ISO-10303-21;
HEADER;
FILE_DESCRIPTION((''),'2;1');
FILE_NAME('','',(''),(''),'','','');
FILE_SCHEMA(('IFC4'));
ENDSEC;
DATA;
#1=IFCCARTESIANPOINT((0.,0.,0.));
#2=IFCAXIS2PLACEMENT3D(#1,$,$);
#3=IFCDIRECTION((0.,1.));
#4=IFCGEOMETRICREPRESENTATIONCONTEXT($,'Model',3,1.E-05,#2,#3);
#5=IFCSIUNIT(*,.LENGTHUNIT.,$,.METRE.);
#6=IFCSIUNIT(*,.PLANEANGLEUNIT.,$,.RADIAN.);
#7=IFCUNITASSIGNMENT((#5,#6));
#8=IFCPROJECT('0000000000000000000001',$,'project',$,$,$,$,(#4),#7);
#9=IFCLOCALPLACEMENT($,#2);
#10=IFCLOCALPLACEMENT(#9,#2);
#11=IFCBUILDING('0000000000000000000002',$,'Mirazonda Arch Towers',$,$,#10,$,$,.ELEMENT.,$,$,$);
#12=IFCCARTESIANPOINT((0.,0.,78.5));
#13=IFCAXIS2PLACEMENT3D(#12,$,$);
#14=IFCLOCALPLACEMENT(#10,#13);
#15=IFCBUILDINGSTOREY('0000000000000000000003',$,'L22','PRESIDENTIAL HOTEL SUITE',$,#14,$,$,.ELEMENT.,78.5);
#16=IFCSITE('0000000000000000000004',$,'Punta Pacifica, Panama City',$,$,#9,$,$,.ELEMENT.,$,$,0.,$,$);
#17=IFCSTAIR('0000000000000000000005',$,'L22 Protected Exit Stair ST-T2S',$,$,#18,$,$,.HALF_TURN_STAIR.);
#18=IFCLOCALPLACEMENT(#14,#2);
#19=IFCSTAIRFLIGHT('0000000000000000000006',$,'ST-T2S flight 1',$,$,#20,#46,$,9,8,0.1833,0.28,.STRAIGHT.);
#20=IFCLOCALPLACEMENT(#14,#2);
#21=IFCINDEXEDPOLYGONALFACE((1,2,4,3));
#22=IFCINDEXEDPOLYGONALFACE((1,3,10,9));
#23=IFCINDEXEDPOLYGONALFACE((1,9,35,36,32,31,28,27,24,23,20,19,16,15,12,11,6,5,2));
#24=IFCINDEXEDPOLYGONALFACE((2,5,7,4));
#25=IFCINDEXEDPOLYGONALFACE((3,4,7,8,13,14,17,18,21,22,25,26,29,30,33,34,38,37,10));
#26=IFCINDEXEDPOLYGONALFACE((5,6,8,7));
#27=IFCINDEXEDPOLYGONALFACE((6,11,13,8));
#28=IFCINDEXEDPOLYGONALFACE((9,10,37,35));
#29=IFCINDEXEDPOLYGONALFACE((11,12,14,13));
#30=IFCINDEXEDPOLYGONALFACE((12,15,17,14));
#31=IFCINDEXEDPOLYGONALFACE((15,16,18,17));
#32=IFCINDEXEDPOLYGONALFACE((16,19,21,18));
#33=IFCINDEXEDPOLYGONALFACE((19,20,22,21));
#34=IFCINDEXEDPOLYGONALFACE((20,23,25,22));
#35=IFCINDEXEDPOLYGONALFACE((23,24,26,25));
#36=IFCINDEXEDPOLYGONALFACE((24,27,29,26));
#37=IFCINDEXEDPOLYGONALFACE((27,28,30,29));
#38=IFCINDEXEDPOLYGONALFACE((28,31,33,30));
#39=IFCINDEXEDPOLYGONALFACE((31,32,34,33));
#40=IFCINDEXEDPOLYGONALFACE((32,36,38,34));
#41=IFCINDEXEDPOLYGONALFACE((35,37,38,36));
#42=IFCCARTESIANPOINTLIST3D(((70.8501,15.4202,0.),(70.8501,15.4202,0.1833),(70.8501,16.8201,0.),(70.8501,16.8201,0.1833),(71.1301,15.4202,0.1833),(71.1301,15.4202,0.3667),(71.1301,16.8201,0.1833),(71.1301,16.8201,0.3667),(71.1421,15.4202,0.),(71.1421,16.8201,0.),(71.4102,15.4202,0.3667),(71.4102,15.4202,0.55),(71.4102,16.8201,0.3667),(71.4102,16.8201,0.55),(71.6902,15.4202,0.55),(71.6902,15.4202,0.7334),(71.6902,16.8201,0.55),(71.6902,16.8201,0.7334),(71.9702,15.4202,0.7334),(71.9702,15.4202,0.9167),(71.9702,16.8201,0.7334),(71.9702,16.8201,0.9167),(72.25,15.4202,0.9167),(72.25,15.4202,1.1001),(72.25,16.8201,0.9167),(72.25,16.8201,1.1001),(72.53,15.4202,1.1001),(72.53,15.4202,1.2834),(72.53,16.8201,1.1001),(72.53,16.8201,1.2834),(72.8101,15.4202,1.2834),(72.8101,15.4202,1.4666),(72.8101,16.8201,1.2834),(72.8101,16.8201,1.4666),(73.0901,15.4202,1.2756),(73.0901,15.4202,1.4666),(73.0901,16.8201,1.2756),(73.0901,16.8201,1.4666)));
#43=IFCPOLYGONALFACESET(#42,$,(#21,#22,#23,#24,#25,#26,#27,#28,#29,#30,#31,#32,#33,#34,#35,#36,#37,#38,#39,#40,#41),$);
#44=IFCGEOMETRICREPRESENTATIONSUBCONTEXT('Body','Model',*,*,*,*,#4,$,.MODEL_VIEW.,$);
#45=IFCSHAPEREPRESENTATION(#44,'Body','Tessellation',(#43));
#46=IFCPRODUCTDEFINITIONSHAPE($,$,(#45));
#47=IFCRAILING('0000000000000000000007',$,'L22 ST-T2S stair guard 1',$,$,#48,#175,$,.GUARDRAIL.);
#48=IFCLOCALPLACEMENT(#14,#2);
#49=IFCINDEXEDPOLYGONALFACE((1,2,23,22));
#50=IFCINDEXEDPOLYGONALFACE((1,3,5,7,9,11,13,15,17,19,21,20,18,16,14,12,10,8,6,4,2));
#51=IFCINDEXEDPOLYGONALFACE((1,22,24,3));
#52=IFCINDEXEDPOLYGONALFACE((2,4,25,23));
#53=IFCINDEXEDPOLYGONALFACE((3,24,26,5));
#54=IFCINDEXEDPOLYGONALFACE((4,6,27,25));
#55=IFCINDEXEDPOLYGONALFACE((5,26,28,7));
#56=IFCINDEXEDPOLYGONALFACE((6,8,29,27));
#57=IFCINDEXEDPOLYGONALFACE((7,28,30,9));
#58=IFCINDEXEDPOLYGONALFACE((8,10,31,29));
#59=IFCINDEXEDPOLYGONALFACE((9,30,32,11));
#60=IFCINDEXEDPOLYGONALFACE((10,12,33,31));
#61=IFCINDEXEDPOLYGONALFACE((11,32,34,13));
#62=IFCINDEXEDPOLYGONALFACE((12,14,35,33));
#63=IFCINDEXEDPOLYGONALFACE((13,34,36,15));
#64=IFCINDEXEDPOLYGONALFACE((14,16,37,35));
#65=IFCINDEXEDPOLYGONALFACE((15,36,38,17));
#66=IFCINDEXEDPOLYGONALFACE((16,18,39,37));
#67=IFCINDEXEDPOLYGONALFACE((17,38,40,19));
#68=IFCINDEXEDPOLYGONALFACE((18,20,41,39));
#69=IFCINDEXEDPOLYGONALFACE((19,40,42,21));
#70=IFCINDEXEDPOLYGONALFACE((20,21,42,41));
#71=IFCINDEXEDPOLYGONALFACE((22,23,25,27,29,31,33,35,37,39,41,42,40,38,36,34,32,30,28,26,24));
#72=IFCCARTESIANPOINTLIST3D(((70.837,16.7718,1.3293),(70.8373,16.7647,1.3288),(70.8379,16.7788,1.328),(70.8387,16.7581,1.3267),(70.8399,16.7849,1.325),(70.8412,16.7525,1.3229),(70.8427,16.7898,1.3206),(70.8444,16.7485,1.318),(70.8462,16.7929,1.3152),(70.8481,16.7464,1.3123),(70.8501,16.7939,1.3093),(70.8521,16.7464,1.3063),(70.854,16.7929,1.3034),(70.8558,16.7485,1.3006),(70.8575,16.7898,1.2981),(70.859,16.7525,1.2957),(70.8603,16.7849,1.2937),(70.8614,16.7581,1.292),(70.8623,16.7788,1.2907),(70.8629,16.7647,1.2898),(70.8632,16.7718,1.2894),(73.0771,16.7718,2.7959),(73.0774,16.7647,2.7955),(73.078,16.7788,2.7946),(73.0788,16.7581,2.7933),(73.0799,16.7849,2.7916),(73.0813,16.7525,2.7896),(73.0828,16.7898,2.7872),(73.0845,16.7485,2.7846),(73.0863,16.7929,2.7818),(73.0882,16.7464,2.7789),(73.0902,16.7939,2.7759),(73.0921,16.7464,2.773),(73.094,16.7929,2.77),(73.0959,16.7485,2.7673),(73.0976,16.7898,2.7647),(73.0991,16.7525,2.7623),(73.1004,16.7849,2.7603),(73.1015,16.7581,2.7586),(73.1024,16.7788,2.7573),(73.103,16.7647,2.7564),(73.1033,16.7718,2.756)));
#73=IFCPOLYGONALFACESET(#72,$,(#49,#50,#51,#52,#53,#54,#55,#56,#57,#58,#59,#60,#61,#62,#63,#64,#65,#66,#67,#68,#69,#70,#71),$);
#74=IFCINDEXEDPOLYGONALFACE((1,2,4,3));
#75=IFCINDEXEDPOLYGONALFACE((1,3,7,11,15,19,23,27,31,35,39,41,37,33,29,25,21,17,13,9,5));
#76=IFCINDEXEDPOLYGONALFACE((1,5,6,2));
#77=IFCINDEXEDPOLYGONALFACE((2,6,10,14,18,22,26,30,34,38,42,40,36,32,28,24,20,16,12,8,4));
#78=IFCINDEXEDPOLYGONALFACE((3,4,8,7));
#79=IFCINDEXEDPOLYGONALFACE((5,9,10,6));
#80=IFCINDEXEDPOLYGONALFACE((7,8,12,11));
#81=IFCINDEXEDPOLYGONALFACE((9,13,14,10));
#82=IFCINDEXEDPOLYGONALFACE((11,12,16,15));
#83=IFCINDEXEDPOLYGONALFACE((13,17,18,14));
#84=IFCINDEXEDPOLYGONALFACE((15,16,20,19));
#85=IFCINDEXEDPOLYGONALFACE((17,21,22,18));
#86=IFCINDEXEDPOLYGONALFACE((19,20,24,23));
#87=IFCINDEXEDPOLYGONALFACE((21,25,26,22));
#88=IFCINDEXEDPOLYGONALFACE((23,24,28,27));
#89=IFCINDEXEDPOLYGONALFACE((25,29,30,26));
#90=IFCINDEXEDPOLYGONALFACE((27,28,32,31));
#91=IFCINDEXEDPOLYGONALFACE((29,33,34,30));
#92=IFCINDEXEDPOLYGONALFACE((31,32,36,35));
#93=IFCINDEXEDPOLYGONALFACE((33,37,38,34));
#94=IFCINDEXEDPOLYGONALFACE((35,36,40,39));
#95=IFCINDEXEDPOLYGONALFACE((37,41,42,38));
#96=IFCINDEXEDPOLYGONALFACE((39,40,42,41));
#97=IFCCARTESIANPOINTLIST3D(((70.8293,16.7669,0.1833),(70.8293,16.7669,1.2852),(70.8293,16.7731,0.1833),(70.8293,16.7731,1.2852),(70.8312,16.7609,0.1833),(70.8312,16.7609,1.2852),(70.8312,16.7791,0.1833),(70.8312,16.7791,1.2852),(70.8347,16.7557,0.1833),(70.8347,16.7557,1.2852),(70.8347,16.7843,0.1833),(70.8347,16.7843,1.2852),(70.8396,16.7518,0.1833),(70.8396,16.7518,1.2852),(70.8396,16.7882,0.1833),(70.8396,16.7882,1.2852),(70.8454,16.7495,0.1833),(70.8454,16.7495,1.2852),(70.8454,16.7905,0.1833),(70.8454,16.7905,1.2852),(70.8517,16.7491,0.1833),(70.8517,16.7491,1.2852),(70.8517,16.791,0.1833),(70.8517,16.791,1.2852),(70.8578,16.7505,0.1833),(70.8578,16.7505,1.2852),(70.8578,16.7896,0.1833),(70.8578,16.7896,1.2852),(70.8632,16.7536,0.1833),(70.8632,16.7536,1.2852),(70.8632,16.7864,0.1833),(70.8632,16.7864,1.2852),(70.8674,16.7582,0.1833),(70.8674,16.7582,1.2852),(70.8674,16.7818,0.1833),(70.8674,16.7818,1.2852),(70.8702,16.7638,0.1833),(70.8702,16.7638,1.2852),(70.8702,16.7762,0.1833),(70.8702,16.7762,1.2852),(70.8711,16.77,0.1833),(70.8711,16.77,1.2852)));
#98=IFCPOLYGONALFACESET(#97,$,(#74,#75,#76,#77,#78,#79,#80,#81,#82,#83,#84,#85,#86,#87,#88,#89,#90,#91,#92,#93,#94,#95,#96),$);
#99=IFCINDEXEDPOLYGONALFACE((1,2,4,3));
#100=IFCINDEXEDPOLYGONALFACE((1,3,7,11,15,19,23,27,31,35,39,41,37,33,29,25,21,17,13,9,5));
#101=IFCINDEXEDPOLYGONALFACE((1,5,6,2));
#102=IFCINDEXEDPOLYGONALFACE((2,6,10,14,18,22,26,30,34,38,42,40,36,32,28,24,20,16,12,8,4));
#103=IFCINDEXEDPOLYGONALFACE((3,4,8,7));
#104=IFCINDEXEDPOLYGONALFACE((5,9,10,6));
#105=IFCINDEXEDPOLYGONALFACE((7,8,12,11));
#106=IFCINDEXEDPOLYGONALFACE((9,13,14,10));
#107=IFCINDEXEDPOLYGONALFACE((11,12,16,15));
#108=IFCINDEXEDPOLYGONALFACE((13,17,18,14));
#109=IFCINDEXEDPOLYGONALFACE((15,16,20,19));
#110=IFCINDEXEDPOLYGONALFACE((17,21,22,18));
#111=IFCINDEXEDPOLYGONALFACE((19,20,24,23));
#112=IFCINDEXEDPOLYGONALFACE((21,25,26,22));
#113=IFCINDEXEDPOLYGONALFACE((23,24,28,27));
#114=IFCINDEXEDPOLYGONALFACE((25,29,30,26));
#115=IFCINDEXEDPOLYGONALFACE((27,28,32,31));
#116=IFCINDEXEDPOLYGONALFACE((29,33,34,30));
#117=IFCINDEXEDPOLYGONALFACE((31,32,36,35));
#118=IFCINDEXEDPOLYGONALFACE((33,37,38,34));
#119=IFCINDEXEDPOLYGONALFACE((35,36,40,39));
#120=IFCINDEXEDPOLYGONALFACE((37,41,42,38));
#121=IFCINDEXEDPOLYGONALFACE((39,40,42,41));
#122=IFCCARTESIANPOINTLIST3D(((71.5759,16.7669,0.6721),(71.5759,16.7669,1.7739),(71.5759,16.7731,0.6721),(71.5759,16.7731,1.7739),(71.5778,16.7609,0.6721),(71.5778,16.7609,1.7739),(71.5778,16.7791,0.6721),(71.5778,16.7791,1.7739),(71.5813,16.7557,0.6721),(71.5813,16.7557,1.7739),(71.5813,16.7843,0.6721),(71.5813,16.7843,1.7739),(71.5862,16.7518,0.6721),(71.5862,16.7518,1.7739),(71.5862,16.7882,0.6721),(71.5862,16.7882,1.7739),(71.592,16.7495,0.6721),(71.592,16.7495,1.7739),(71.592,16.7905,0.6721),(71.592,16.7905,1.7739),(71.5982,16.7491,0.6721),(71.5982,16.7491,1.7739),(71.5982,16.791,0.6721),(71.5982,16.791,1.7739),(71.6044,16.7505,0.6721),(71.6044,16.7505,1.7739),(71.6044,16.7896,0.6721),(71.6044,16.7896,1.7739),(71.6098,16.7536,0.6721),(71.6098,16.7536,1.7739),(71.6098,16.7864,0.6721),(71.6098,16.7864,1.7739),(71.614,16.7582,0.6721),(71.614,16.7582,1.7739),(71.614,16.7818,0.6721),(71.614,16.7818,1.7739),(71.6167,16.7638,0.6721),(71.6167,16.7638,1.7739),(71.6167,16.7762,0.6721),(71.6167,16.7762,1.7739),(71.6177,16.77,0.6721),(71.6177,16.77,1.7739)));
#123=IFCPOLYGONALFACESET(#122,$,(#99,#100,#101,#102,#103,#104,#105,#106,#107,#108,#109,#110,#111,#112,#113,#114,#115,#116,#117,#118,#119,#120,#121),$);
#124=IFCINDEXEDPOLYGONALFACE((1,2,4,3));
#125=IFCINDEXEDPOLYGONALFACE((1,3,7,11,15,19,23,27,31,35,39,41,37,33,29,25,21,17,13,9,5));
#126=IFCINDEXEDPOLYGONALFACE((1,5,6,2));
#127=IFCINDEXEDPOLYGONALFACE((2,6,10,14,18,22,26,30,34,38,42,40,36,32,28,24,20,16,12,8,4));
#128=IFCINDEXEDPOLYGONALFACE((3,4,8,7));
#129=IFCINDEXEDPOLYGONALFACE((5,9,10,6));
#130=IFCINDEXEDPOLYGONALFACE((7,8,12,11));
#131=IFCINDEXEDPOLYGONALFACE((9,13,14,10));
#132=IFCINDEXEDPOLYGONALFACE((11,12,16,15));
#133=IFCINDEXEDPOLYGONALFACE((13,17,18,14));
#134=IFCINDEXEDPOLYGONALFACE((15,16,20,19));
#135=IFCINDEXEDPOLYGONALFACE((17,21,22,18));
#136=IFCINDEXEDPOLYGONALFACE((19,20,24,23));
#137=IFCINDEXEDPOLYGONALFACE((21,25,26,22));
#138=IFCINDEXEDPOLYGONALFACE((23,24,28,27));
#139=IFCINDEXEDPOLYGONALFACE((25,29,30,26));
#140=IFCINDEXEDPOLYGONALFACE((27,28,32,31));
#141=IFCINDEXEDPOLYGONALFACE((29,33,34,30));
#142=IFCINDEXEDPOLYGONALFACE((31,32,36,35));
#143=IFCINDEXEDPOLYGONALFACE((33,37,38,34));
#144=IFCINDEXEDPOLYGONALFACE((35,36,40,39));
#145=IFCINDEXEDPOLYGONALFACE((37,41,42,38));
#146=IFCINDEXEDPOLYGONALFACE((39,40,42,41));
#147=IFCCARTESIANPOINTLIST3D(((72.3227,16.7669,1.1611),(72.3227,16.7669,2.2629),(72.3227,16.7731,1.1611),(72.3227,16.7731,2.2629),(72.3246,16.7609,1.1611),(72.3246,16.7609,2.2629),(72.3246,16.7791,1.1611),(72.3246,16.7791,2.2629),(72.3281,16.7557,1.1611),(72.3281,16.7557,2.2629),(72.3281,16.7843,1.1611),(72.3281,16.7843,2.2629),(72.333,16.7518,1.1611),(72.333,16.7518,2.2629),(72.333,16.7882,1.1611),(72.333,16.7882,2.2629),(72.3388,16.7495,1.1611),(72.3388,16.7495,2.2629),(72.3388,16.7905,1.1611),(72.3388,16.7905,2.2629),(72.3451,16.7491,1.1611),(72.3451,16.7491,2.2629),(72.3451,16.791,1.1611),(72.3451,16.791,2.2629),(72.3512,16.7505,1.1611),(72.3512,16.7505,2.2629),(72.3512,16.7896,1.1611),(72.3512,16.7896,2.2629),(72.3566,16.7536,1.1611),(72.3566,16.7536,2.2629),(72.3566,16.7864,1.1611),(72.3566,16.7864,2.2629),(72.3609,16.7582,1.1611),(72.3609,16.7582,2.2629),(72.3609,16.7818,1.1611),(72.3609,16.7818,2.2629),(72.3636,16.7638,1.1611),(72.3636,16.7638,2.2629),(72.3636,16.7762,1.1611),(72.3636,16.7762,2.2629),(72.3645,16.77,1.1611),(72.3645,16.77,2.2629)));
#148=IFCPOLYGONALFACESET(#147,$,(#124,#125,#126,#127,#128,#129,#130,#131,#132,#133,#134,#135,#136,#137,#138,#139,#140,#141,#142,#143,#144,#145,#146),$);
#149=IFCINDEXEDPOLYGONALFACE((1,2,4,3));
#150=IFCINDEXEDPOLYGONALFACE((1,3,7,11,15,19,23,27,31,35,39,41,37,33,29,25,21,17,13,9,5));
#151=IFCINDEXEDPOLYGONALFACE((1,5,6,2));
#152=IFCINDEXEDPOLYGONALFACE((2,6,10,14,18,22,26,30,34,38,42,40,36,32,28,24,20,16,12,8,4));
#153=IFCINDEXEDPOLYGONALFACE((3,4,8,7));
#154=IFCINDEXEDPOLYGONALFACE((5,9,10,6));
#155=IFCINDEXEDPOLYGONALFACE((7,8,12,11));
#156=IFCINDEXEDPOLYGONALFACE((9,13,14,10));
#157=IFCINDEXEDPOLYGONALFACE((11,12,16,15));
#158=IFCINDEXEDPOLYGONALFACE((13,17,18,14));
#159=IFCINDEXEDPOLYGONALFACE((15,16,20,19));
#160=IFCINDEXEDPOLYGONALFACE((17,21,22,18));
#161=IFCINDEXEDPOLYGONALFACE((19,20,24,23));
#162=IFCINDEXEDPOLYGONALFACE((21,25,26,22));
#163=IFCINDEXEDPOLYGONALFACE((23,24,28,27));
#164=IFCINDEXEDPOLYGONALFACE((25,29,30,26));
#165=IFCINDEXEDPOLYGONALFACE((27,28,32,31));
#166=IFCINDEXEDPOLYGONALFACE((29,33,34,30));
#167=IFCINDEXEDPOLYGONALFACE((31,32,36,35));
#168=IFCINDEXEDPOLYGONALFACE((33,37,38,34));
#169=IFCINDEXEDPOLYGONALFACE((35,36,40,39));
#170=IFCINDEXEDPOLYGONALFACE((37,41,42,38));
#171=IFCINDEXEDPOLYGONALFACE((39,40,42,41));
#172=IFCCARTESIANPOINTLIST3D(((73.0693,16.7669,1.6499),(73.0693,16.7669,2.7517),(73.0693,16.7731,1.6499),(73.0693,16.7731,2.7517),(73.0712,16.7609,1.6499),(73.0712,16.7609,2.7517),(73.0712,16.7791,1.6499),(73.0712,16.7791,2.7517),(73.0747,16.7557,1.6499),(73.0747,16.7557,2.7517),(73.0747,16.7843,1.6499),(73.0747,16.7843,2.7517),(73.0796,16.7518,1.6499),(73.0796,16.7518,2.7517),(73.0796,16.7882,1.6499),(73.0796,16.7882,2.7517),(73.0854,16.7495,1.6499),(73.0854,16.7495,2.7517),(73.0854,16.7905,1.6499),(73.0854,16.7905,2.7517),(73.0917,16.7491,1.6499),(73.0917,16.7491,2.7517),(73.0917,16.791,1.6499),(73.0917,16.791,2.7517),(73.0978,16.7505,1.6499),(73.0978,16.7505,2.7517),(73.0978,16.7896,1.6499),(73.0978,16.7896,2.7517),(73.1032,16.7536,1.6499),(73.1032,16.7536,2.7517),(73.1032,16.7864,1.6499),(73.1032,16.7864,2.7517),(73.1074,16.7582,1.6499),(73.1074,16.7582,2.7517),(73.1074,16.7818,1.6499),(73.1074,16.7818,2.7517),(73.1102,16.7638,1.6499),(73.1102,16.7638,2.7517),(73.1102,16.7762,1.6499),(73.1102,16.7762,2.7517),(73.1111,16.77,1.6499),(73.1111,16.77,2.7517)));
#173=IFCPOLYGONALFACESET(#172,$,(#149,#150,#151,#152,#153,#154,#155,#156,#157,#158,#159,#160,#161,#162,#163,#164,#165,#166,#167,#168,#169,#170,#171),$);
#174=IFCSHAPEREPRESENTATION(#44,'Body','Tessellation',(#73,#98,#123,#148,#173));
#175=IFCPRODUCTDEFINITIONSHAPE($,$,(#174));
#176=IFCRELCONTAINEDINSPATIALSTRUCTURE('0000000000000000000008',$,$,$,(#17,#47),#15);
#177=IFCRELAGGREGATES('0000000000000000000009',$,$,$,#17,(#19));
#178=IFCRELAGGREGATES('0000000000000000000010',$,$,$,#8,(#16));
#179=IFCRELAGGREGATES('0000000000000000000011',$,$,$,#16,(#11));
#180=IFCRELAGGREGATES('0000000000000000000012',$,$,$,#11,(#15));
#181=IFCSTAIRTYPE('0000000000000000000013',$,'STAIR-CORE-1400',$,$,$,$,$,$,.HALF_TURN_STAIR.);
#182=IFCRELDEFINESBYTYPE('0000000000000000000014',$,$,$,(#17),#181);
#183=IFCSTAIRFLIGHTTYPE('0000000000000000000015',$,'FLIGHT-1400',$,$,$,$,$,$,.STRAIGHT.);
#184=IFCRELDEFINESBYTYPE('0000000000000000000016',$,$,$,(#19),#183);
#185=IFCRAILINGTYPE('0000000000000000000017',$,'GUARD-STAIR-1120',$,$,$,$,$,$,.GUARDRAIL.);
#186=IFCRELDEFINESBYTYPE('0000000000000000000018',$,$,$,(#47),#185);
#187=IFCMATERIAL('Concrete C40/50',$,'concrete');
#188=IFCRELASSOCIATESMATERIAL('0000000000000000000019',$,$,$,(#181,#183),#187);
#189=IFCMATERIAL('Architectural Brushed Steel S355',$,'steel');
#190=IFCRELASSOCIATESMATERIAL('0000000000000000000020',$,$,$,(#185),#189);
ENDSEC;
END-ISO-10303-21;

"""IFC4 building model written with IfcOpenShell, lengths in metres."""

from ifc_helpers import new_model, si_unit, direction, frame, origin, origin_2d, place, context, subcontext, project, spatial, polyline, circle, outline, extrude, material, type_object, element, aggregate, save


model = new_model("IFC4")

# Units and contexts
model_context = context("Model", 3, precision=1e-05, world=origin(), true_north=direction((0.0, 1.0)))
body_context = subcontext(model_context, "Body", "Model", "MODEL_VIEW")
ifc_project = project(units=[si_unit("LENGTHUNIT", "METRE"), si_unit("PLANEANGLEUNIT", "RADIAN")], contexts=[model_context])

# Site, building, storey
site_placement = place(None, origin())
site = spatial("IfcSite", under=ifc_project, at=site_placement, Name="Punta Pacifica, Panama City", CompositionType="ELEMENT", RefElevation=0.0)
building_placement = place(site_placement, origin())
building = spatial("IfcBuilding", under=site, at=building_placement, Name="Mirazonda Arch Towers", CompositionType="ELEMENT")
storey_placement = place(building_placement, frame((0.0, 0.0, 78.5)))
storey = spatial("IfcBuildingStorey", under=building, at=storey_placement, Name="L22", Description="PRESIDENTIAL HOTEL SUITE", CompositionType="ELEMENT", Elevation=78.5)

# Shared definitions
ifc_material_1 = material(Name="Architectural Brushed Steel S355", Category="steel")

# Stair, stair flight
ifc_material_2 = material(Name="Concrete C40/50", Category="concrete")
stair_type = type_object("IfcStairType", Name="STAIR-CORE-1400", PredefinedType="HALF_TURN_STAIR", material=ifc_material_2)
stair_placement = place(storey_placement, origin())
stair = element("IfcStair", 1, at=stair_placement, inside=storey, type_object=stair_type, Name="L22 Protected Exit Stair ST-T2S", PredefinedType="HALF_TURN_STAIR")
stair_flight_type = type_object("IfcStairFlightType", Name="FLIGHT-1400", PredefinedType="STRAIGHT", material=ifc_material_2)
stair_flight_placement = place(storey_placement, frame((70.8501, 16.1201, 0.0), z_axis=(0.0, 0.0, 1.0), x_axis=(1.0, 0.0, 0.0)))
stair_flight = element("IfcStairFlight", 2, at=stair_flight_placement, type_object=stair_flight_type, Name="ST-T2S flight 1", NumberOfRisers=9, NumberOfTreads=8, PredefinedType="STRAIGHT", RiserHeight=0.1833, TreadLength=0.28, context=body_context, shape_type="SweptSolid", body=[
    extrude(outline(polyline([(0.0, 0.0), (0.0, 0.1833), (0.28, 0.1833), (0.28, 0.3667), (0.5601, 0.3667), (0.5601, 0.55), (0.8401, 0.55), (0.8401, 0.7334), (1.1201, 0.7334), (1.1201, 0.9167), (1.3999, 0.9167), (1.3999, 1.1001), (1.6799, 1.1001), (1.6799, 1.2834), (1.96, 1.2834), (1.96, 1.4666), (2.24, 1.4666), (2.24, 1.6499), (2.24, 1.2756), (0.292, 0.0), (0.0, 0.0)])), frame((0.0, 0.7, 0.0), z_axis=(0.0, -1.0, 0.0), x_axis=(1.0, 0.0, 0.0)), (0.0, 0.0, 1.0), 1.3999),
])
aggregate(stair, [stair_flight])

# Railing
railing_type_1 = type_object("IfcRailingType", Name="GUARD-STAIR-1120", PredefinedType="GUARDRAIL", material=ifc_material_1)
railing_1_placement = place(storey_placement, frame((70.8501, 16.77, 0.1833)))
element("IfcRailing", 3, at=railing_1_placement, inside=storey, type_object=railing_type_1, Name="L22 ST-T2S stair guard 1", PredefinedType="GUARDRAIL", context=body_context, shape_type="SweptSolid", body=[
    extrude(circle(Radius=0.0239, at=origin_2d()), frame((0.0, 0.0, 1.126), z_axis=(0.836637, 0.0, 0.547758), x_axis=(0.0, 1.0, 0.0)), (0.0, 0.0, 1.0), 2.6775),
    extrude(circle(Radius=0.021, at=origin_2d()), origin(), (0.0, 0.0, 1.0), 1.1018),
    extrude(circle(Radius=0.021, at=origin_2d()), frame((0.7466, 0.0, 0.4888)), (0.0, 0.0, 1.0), 1.1018),
    extrude(circle(Radius=0.021, at=origin_2d()), frame((1.4934, 0.0, 0.9778)), (0.0, 0.0, 1.0), 1.1018),
    extrude(circle(Radius=0.021, at=origin_2d()), frame((2.24, 0.0, 1.4666)), (0.0, 0.0, 1.0), 1.1018),
])

save(model, "model.ifc")
